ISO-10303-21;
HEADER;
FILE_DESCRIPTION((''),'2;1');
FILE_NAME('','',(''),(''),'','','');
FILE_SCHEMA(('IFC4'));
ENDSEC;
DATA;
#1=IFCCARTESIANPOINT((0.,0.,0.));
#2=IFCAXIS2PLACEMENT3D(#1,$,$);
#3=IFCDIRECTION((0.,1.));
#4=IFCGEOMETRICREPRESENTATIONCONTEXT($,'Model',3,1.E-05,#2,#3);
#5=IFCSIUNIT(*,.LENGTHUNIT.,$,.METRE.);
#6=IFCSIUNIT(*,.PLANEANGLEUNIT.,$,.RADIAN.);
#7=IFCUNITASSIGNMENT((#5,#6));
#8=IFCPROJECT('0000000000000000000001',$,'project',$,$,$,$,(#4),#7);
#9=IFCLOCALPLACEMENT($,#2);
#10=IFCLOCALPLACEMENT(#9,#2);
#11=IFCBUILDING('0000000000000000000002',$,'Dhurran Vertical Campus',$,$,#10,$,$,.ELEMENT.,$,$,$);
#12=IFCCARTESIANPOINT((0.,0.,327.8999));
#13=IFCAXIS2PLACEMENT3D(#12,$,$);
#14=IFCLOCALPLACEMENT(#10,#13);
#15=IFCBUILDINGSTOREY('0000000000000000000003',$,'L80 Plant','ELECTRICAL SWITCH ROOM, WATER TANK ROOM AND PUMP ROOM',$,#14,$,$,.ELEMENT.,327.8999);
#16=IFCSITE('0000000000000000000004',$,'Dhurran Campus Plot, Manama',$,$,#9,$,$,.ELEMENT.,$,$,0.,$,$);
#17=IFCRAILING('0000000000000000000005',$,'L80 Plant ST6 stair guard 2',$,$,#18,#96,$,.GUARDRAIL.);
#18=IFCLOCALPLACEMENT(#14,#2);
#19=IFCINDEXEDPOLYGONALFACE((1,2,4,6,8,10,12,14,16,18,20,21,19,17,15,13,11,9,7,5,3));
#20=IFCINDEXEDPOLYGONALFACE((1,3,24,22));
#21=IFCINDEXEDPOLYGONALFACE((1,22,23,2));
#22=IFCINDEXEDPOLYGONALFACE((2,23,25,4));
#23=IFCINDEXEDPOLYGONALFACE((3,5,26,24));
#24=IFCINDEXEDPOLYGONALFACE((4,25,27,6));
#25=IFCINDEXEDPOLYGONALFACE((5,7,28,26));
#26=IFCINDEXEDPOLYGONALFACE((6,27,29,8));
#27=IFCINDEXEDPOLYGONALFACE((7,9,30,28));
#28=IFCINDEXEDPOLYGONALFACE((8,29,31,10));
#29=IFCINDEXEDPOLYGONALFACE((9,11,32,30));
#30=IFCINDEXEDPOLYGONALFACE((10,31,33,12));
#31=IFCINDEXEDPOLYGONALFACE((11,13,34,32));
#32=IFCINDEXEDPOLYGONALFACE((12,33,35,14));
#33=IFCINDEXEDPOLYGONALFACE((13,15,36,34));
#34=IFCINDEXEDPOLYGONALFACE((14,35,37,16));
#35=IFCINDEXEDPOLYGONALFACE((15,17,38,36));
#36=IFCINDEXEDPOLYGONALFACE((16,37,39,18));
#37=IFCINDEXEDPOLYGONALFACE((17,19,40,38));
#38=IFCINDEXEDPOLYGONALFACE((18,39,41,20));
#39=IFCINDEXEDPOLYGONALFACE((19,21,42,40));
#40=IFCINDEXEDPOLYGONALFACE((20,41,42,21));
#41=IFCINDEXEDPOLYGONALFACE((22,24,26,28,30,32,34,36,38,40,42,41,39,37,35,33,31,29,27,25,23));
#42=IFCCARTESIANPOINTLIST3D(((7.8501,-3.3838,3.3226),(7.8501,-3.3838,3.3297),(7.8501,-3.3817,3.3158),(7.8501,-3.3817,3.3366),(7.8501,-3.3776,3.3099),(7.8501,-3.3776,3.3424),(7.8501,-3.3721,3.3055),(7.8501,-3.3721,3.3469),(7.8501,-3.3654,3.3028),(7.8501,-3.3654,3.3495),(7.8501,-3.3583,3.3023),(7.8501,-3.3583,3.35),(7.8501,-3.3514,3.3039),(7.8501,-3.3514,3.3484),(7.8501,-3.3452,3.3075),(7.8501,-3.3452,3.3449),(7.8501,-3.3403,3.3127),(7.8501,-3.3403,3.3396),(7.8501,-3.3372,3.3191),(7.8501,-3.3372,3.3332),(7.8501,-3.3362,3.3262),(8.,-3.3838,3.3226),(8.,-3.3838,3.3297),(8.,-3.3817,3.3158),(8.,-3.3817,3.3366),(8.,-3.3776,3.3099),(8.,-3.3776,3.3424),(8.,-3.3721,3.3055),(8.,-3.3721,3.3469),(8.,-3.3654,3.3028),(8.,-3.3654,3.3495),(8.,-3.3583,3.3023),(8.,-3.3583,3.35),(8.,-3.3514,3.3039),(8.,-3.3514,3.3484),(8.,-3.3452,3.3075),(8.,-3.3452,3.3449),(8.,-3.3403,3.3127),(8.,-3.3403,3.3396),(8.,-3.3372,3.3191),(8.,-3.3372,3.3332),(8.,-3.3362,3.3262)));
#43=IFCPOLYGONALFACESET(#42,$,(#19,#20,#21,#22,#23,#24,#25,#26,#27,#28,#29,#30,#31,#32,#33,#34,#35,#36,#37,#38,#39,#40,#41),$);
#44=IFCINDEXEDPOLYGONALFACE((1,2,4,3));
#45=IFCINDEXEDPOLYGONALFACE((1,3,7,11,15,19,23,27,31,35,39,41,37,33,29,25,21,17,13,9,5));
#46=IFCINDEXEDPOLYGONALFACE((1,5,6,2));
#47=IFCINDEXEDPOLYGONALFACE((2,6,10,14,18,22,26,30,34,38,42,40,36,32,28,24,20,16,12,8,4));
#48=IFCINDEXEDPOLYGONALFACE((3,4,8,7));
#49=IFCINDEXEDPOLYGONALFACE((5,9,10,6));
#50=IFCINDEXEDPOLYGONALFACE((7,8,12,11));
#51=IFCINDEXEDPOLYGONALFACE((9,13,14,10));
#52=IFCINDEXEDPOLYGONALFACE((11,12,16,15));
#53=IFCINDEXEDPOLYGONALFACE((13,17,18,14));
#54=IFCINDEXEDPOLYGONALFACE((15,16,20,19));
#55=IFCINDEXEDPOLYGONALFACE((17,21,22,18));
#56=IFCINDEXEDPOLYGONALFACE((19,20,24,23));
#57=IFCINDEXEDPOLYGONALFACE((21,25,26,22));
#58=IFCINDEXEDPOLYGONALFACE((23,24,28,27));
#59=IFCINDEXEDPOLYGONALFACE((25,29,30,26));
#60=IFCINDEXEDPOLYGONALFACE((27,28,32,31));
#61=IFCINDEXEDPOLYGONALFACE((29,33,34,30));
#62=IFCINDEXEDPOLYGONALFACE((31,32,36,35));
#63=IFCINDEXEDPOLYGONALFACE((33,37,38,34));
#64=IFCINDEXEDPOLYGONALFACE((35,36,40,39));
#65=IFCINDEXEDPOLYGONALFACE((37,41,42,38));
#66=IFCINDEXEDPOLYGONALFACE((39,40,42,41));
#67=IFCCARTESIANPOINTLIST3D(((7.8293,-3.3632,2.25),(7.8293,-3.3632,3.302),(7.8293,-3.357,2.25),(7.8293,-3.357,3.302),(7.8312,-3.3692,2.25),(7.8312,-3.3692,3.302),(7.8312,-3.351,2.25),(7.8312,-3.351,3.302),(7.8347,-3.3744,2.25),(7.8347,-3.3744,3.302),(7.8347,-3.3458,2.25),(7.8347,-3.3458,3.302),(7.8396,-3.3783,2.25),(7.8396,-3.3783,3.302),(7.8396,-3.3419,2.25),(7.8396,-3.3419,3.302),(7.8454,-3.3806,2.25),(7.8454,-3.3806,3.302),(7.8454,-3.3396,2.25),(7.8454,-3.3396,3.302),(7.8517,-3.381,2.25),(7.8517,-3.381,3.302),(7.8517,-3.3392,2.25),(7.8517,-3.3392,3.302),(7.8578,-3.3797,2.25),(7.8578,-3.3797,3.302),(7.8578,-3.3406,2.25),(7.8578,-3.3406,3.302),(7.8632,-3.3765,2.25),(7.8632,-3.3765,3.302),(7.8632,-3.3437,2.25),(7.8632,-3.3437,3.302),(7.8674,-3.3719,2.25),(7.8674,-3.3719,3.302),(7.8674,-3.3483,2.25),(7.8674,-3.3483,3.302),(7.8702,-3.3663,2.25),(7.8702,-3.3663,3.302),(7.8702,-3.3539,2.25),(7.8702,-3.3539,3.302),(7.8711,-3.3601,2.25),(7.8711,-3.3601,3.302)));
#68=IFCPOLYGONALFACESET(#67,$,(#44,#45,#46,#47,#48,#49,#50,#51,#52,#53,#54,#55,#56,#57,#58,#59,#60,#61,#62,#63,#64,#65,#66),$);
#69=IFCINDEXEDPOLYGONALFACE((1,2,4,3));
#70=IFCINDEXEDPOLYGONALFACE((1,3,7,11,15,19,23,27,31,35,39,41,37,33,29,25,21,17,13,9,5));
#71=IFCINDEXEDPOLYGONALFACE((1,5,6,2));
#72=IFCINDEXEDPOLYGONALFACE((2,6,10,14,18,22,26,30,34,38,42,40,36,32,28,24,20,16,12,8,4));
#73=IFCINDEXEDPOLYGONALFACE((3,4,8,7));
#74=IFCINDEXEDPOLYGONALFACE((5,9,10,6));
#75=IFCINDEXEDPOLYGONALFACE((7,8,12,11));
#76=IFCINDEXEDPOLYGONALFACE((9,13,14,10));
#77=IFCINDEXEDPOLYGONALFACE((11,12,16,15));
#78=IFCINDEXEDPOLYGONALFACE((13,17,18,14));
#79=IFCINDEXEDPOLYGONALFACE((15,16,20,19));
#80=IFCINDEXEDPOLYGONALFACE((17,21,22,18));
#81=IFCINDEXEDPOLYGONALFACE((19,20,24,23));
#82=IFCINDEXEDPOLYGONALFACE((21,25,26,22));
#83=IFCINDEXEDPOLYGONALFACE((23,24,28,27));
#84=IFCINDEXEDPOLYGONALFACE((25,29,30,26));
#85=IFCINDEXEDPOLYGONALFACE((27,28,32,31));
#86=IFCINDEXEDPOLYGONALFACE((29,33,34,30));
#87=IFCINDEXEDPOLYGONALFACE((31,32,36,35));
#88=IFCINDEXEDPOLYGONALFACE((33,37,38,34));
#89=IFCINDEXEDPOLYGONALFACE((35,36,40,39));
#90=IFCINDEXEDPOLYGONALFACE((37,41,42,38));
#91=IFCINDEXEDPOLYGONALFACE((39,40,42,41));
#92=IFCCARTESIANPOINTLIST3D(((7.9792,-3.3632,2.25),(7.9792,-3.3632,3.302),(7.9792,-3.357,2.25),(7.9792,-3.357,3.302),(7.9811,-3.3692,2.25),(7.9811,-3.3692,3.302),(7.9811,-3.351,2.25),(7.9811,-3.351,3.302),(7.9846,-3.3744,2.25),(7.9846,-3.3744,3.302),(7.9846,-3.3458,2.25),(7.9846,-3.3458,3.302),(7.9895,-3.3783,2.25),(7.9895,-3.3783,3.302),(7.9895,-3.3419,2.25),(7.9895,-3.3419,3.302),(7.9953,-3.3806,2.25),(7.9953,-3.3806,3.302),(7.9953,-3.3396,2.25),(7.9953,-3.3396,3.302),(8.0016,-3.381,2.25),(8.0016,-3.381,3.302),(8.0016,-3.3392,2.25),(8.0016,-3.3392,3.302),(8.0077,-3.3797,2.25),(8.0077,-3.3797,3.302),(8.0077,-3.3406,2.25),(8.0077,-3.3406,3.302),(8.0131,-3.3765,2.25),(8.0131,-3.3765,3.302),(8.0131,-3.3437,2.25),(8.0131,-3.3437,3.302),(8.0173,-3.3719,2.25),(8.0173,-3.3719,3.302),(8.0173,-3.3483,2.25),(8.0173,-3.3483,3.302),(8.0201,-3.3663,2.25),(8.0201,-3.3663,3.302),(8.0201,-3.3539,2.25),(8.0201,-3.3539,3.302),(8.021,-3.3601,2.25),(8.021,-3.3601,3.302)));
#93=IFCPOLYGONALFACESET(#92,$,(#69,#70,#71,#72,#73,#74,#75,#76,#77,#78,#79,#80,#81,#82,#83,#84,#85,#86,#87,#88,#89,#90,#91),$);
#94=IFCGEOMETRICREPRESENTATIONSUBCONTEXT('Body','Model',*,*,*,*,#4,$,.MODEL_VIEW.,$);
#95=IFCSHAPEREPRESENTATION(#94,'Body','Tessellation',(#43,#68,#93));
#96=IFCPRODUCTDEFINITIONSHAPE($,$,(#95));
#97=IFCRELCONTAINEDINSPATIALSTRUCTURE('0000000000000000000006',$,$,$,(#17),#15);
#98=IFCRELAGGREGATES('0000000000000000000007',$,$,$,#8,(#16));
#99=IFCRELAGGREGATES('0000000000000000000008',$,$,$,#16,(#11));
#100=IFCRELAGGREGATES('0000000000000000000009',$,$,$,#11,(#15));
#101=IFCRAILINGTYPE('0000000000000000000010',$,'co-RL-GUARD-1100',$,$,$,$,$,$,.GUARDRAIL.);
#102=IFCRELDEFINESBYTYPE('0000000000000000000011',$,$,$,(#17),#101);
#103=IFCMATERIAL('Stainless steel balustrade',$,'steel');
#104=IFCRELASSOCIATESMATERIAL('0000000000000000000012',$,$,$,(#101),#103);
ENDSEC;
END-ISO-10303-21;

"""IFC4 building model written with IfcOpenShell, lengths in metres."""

from ifc_helpers import new_model, si_unit, direction, frame, origin, origin_2d, place, context, subcontext, project, spatial, circle, extrude, material, type_object, element, save


model = new_model("IFC4")

# Units and contexts
model_context = context("Model", 3, precision=1e-05, world=origin(), true_north=direction((0.0, 1.0)))
body_context = subcontext(model_context, "Body", "Model", "MODEL_VIEW")
ifc_project = project(units=[si_unit("LENGTHUNIT", "METRE"), si_unit("PLANEANGLEUNIT", "RADIAN")], contexts=[model_context])

# Site, building, storey
site_placement = place(None, origin())
site = spatial("IfcSite", under=ifc_project, at=site_placement, Name="Dhurran Campus Plot, Manama", CompositionType="ELEMENT", RefElevation=0.0)
building_placement = place(site_placement, origin())
building = spatial("IfcBuilding", under=site, at=building_placement, Name="Dhurran Vertical Campus", CompositionType="ELEMENT")
storey_placement = place(building_placement, frame((0.0, 0.0, 327.8999)))
storey = spatial("IfcBuildingStorey", under=building, at=storey_placement, Name="L80 Plant", Description="ELECTRICAL SWITCH ROOM, WATER TANK ROOM AND PUMP ROOM", CompositionType="ELEMENT", Elevation=327.8999)

# Railing
ifc_material_1 = material(Name="Stainless steel balustrade", Category="steel")
railing_type = type_object("IfcRailingType", Name="co-RL-GUARD-1100", PredefinedType="GUARDRAIL", material=ifc_material_1)
railing_1_placement = place(storey_placement, frame((7.8501, -3.3601, 2.25)))
element("IfcRailing", 1, at=railing_1_placement, inside=storey, type_object=railing_type, Name="L80 Plant ST6 stair guard 2", PredefinedType="GUARDRAIL", context=body_context, shape_type="SweptSolid", body=[
    extrude(circle(Radius=0.0239, at=origin_2d()), frame((0.0, 0.0, 1.0762), z_axis=(1.0, 0.0, 0.0), x_axis=(0.0, 1.0, 0.0)), (0.0, 0.0, 1.0), 0.1499),
    extrude(circle(Radius=0.021, at=origin_2d()), origin(), (0.0, 0.0, 1.0), 1.052),
    extrude(circle(Radius=0.021, at=origin_2d()), frame((0.1499, 0.0, 0.0)), (0.0, 0.0, 1.0), 1.052),
])

save(model, "model.ifc")
